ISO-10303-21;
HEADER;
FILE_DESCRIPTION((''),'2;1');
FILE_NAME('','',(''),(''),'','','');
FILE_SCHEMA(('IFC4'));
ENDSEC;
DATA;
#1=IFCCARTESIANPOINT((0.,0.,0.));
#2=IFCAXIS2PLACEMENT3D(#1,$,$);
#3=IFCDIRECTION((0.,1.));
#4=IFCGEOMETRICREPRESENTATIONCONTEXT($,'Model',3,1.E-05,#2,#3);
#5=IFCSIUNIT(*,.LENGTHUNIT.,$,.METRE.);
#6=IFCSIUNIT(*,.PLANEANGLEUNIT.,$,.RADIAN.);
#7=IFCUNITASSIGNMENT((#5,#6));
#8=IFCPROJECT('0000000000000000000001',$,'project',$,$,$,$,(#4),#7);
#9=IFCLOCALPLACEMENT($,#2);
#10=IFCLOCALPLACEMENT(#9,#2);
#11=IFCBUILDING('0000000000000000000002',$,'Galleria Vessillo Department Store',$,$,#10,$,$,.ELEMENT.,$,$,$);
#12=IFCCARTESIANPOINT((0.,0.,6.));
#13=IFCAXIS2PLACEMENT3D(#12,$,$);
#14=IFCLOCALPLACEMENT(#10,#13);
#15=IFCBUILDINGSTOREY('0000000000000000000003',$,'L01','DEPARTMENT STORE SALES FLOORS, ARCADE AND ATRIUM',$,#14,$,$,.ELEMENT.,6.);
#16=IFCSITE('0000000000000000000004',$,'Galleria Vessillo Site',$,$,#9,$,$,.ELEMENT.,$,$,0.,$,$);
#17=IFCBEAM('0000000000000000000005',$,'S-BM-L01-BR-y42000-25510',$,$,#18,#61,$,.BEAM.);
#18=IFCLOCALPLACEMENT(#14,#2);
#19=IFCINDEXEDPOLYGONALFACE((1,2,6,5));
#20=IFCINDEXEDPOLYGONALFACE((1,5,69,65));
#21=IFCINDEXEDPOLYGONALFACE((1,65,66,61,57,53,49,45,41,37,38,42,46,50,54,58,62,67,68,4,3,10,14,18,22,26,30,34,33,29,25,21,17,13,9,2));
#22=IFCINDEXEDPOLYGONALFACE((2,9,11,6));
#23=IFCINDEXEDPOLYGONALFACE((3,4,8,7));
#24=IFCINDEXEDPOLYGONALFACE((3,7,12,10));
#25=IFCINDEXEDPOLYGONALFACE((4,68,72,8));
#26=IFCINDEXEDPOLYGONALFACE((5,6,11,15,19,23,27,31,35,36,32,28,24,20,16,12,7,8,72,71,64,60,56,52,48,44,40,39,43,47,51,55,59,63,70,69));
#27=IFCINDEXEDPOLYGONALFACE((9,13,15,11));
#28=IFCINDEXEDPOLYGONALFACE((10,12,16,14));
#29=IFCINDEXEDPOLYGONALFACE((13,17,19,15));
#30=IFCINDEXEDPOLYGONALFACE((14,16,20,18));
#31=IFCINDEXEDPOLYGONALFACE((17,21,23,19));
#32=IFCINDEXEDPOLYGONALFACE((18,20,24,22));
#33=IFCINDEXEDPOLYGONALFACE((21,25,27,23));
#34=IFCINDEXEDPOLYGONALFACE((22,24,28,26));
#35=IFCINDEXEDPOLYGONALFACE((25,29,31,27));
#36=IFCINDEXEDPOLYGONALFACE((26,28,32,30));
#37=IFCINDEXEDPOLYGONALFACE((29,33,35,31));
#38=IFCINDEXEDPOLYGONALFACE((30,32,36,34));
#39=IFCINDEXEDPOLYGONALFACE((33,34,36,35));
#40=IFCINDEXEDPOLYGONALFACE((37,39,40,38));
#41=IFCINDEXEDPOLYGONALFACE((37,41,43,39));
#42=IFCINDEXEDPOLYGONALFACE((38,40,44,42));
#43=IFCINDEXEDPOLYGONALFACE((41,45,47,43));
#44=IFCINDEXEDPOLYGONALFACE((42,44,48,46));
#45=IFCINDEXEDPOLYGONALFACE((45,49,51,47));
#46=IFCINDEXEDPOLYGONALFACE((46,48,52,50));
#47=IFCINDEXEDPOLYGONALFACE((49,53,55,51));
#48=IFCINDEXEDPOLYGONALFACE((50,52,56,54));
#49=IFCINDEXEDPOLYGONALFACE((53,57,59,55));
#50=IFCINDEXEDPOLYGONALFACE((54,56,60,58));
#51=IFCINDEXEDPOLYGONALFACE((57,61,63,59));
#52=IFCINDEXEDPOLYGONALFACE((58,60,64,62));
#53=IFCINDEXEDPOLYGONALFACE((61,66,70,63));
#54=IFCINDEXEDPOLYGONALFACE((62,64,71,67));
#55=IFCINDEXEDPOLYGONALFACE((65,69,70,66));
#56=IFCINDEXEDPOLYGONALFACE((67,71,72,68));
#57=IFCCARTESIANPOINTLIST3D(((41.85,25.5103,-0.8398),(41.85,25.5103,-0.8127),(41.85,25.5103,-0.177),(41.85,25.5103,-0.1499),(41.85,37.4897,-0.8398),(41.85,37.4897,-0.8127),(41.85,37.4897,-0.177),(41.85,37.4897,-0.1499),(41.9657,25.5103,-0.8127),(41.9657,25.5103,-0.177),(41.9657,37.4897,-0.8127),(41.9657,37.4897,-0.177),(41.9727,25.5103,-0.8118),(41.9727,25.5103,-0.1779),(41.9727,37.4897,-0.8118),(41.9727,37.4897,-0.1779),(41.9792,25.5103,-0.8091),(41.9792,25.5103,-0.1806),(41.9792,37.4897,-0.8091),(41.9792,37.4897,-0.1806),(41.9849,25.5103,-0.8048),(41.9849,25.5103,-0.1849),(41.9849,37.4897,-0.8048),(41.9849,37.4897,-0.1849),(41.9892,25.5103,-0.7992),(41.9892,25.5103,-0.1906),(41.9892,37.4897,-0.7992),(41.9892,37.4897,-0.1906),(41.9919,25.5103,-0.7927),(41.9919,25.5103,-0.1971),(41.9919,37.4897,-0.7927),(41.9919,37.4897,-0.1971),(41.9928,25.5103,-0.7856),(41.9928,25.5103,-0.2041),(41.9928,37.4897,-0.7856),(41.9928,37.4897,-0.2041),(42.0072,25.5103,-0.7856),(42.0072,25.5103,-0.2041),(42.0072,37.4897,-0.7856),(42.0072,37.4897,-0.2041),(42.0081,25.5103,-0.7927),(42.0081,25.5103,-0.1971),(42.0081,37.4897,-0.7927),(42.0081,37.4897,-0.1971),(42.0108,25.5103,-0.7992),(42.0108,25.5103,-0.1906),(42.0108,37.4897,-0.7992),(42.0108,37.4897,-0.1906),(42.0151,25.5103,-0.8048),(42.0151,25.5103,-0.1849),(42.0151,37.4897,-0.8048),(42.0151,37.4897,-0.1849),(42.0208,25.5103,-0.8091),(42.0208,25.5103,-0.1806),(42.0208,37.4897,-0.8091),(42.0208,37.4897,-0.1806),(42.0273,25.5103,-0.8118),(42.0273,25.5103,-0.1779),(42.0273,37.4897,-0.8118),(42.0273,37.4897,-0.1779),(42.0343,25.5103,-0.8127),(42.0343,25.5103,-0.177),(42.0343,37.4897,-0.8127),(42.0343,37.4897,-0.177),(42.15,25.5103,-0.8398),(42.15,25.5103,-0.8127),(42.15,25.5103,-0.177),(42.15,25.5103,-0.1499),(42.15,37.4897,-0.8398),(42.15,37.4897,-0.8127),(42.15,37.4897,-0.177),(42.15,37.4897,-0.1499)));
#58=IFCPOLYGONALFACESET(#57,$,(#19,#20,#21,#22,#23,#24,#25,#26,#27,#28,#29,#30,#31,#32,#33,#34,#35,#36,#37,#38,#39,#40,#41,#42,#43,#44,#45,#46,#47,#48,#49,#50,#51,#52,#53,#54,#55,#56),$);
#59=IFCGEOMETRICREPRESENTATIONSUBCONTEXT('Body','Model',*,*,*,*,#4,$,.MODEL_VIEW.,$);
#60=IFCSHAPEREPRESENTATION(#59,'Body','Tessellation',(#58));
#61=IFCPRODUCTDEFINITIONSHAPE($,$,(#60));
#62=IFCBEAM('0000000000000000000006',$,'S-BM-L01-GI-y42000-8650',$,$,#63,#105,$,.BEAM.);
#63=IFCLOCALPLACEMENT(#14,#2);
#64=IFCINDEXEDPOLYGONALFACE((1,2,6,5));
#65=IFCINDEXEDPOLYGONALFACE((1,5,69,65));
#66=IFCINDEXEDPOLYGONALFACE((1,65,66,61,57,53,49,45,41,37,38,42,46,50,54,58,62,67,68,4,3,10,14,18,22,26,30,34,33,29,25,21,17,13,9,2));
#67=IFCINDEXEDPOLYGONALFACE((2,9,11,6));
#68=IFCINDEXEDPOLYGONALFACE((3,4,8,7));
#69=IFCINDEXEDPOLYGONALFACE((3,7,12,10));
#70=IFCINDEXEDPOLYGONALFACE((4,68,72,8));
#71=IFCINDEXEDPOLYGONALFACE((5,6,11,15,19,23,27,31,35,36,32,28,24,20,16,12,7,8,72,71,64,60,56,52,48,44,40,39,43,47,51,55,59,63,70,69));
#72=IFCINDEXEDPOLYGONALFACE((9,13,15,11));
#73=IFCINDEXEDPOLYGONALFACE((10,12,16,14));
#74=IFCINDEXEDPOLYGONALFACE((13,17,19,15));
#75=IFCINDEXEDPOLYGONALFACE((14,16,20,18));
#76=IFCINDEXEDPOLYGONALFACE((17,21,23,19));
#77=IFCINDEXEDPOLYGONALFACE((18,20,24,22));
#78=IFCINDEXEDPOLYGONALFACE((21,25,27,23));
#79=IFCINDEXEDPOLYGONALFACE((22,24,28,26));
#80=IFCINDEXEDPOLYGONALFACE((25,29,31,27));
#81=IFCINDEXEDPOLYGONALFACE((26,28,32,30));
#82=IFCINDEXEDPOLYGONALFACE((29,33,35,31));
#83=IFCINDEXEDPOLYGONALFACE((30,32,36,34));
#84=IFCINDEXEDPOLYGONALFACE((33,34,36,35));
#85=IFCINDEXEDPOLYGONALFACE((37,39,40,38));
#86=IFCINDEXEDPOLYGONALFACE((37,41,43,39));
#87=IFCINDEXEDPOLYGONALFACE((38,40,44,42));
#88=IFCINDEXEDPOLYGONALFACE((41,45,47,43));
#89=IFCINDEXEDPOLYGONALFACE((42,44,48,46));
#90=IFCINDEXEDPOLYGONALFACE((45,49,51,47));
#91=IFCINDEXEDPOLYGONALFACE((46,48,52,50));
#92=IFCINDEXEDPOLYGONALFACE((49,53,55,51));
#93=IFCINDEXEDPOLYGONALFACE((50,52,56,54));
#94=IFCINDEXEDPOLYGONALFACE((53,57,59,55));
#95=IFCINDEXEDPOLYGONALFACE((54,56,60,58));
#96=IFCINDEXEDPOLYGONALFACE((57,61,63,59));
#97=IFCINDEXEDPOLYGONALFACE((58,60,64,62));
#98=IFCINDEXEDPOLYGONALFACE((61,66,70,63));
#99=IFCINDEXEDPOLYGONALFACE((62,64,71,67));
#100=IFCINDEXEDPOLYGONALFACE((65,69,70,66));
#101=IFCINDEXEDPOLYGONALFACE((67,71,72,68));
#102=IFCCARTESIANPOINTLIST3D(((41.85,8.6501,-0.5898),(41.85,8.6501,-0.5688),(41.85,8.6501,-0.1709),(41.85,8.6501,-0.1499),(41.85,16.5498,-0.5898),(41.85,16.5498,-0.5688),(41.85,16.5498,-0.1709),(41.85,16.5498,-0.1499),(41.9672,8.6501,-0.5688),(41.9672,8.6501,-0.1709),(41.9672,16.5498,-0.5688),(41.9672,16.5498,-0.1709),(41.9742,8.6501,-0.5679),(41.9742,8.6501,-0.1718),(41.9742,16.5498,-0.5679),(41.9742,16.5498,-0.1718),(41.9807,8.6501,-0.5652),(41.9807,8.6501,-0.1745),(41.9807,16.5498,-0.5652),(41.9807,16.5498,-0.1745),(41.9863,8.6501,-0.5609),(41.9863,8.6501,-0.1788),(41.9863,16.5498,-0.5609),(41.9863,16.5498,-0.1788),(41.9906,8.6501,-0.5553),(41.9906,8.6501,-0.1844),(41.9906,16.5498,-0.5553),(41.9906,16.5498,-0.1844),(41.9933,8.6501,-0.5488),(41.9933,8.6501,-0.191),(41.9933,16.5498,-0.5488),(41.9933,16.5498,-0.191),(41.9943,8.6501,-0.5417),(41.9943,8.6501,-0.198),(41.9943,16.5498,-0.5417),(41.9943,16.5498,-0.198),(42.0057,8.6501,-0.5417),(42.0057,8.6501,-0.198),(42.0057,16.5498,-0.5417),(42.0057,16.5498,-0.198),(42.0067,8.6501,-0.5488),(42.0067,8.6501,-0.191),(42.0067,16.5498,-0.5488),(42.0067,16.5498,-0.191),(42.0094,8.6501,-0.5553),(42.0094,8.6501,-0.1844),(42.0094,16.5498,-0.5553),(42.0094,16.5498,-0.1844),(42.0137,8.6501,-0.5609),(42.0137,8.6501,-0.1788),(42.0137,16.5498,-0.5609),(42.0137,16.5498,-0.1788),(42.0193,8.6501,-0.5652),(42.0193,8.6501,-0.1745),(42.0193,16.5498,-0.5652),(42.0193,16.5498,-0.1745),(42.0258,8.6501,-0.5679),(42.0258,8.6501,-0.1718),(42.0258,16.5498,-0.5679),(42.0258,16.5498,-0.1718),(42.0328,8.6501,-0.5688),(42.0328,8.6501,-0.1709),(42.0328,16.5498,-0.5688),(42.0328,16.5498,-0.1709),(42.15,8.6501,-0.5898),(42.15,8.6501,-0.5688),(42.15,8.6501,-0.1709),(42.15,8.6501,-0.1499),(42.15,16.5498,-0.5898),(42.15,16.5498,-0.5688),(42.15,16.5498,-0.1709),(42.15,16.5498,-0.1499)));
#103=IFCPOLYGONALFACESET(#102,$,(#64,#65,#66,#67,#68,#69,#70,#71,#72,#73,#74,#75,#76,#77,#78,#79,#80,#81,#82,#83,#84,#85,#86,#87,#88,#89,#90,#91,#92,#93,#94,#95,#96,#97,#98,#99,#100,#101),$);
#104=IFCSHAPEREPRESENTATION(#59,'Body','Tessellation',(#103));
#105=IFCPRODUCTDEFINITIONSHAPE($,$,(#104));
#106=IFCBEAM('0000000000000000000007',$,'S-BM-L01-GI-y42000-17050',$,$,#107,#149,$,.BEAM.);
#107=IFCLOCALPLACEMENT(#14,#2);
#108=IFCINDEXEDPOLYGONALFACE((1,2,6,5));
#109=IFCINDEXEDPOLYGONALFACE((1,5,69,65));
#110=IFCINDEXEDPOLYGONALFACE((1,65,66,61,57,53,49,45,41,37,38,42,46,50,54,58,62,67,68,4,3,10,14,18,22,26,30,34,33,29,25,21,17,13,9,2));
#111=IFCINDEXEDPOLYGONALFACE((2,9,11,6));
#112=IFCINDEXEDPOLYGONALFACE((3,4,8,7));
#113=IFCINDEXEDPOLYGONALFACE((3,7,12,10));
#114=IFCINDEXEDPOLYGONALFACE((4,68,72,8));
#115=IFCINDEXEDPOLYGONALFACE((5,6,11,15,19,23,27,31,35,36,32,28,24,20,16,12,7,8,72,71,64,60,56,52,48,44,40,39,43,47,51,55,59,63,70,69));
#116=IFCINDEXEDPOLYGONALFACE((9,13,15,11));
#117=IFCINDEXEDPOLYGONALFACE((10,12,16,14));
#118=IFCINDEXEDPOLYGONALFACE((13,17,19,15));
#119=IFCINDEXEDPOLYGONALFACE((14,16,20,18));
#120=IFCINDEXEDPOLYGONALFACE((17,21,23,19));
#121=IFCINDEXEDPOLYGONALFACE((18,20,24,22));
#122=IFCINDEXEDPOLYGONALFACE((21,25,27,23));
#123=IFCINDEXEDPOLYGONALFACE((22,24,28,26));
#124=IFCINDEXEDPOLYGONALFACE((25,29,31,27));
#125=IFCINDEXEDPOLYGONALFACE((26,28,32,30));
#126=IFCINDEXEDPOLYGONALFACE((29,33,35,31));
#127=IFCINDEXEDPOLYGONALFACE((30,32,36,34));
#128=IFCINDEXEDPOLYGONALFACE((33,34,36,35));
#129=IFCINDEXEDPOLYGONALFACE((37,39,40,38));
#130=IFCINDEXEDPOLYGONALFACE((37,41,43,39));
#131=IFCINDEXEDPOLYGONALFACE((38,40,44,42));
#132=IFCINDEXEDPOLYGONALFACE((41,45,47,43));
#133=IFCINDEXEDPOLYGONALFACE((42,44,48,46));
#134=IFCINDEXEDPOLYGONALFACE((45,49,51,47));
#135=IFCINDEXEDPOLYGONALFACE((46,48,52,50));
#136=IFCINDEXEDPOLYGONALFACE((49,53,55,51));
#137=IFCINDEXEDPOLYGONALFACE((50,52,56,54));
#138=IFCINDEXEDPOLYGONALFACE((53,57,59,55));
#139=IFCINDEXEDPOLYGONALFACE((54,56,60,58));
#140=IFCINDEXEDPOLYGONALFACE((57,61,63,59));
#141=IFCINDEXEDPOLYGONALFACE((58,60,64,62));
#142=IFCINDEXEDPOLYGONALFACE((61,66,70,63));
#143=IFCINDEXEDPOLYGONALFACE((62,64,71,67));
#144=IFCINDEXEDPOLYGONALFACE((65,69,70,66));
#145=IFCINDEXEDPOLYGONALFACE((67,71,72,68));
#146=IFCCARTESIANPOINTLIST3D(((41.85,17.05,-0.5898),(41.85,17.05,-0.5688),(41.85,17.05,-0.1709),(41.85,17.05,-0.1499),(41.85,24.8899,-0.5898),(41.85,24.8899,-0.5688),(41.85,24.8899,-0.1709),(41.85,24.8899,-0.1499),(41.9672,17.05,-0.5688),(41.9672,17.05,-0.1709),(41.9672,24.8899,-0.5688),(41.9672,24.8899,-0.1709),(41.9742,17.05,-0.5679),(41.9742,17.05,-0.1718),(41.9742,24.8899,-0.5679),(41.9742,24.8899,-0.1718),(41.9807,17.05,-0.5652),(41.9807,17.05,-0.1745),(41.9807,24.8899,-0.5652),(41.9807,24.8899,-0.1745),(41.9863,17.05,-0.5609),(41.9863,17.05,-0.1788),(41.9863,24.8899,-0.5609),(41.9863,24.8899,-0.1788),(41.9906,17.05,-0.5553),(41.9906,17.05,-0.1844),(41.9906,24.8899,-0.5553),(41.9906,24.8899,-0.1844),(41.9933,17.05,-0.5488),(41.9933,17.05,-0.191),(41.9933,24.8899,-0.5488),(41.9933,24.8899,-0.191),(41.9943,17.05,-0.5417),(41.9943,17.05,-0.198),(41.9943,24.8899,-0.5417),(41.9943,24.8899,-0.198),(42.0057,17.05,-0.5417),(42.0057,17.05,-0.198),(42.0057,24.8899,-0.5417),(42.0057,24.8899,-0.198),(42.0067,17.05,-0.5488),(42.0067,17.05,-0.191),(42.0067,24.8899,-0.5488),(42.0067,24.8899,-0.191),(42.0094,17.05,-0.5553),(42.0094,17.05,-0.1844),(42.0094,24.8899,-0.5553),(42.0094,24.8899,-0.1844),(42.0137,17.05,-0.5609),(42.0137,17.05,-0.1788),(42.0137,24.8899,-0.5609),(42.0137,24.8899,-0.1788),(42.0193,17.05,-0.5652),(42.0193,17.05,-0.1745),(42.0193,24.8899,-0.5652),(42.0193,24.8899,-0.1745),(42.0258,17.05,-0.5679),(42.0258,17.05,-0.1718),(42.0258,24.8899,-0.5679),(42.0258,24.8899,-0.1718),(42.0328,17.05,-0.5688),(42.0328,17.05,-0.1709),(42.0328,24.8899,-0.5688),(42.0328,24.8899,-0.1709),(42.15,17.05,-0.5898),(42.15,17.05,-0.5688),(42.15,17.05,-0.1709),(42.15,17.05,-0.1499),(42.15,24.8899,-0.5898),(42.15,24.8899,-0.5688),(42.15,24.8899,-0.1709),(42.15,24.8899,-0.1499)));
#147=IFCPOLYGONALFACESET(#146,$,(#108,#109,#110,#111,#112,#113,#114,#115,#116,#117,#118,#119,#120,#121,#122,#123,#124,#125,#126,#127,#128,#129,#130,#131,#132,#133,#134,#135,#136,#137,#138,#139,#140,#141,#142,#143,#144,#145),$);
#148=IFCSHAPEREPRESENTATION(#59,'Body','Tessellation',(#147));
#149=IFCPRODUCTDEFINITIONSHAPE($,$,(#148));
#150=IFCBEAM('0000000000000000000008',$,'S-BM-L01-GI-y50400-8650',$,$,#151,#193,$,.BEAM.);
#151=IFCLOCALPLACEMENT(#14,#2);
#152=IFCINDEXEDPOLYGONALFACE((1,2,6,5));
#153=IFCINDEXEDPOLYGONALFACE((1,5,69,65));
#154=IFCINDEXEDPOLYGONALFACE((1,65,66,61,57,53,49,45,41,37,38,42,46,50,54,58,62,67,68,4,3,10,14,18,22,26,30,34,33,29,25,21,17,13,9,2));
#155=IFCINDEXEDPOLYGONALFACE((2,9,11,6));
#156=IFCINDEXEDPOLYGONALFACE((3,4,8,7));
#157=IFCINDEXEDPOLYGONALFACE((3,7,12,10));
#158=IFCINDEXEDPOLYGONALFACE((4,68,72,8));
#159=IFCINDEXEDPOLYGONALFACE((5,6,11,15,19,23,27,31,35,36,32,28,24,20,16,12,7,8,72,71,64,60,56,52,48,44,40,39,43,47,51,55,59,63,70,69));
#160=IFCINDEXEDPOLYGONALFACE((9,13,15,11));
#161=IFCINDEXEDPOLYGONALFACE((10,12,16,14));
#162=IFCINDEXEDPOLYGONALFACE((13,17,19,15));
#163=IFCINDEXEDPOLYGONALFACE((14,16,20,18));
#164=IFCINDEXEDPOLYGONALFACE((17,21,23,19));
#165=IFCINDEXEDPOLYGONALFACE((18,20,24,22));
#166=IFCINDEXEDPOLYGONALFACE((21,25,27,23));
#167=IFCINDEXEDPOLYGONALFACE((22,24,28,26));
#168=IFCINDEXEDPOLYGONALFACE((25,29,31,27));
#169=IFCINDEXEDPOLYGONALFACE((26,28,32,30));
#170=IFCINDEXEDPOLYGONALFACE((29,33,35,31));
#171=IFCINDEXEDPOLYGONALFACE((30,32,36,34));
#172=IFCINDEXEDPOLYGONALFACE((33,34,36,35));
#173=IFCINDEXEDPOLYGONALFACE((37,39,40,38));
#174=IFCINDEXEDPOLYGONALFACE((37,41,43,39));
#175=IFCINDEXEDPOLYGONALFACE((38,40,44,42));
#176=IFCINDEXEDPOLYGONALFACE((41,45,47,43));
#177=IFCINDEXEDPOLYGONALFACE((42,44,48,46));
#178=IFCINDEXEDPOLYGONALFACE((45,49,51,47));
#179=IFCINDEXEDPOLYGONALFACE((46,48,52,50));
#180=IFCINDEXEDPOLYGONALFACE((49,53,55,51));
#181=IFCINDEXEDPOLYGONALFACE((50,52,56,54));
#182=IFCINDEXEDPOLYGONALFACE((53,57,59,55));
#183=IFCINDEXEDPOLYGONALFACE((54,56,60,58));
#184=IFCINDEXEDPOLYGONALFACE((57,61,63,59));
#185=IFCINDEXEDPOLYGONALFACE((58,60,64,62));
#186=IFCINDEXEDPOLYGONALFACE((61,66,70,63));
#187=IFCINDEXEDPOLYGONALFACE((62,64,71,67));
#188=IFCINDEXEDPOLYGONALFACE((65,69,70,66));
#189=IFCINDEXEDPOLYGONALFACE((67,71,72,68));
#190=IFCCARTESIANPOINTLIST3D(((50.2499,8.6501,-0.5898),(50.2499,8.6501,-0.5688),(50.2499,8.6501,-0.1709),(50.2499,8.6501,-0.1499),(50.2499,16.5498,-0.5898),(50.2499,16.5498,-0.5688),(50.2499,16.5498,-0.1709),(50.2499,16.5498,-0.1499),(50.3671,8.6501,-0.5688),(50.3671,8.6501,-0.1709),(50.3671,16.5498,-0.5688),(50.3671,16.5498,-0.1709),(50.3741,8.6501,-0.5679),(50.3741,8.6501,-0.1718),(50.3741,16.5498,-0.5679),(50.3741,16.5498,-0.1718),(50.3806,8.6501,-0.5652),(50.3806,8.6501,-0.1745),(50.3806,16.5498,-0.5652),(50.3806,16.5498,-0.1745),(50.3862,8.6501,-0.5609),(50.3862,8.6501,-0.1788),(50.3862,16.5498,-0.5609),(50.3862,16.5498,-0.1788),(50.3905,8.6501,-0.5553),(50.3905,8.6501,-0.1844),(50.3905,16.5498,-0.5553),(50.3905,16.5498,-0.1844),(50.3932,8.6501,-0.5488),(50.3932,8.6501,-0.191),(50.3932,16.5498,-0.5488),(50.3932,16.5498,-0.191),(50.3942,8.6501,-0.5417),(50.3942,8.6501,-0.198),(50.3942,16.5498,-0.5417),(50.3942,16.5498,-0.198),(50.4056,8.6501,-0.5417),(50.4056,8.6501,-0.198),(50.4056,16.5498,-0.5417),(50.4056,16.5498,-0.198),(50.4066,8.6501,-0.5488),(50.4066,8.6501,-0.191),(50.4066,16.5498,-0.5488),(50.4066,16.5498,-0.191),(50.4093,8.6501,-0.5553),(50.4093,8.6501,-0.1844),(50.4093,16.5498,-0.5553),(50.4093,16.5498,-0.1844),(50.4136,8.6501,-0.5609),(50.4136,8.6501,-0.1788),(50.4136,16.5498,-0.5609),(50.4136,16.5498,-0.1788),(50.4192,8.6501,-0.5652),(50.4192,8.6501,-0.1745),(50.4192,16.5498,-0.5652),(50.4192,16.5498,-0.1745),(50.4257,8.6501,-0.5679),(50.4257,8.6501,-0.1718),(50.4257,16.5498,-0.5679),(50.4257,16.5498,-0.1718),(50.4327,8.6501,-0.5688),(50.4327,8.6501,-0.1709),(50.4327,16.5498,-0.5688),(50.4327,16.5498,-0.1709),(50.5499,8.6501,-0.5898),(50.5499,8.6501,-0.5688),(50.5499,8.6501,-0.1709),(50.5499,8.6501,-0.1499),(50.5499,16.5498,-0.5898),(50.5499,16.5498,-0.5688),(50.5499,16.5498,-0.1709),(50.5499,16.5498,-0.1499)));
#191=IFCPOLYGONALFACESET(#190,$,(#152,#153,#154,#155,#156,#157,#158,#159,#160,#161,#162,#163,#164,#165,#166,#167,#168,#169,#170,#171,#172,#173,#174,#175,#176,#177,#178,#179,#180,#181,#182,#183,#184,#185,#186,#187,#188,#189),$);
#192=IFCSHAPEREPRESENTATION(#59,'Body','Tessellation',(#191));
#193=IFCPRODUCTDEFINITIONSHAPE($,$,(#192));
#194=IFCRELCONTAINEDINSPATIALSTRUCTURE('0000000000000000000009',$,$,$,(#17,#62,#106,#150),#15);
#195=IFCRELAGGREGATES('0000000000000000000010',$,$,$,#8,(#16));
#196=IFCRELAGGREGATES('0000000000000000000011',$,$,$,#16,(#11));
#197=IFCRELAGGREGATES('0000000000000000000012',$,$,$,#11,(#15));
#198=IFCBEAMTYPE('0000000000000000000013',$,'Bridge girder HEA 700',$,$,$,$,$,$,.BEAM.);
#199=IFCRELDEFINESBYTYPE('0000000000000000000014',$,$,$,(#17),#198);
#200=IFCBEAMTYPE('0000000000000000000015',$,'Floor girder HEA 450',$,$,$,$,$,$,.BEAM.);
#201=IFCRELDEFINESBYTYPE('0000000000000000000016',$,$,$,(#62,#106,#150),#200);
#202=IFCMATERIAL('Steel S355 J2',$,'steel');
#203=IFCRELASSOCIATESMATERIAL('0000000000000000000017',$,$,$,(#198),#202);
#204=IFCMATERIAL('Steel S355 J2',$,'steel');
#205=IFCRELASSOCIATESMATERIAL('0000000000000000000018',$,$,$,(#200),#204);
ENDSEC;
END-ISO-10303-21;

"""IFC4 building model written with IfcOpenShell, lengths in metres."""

from ifc_helpers import new_model, si_unit, direction, frame, origin, origin_2d, place, context, subcontext, project, spatial, i_section, extrude, material, material_profile, profile_set, type_object, element, save


model = new_model("IFC4")

# Units and contexts
model_context = context("Model", 3, precision=1e-05, world=origin(), true_north=direction((0.0, 1.0)))
body_context = subcontext(model_context, "Body", "Model", "MODEL_VIEW")
ifc_project = project(units=[si_unit("LENGTHUNIT", "METRE"), si_unit("PLANEANGLEUNIT", "RADIAN")], contexts=[model_context])

# Site, building, storey
site_placement = place(None, origin())
site = spatial("IfcSite", under=ifc_project, at=site_placement, Name="Galleria Vessillo Site", CompositionType="ELEMENT", RefElevation=0.0)
building_placement = place(site_placement, origin())
building = spatial("IfcBuilding", under=site, at=building_placement, Name="Galleria Vessillo Department Store", CompositionType="ELEMENT")
storey_placement = place(building_placement, frame((0.0, 0.0, 6.0)))
storey = spatial("IfcBuildingStorey", under=building, at=storey_placement, Name="L01", Description="DEPARTMENT STORE SALES FLOORS, ARCADE AND ATRIUM", CompositionType="ELEMENT", Elevation=6.0)

# Beams
ifc_material_1 = material(Name="Steel S355 J2", Category="steel")
ifc_material_profile_1 = material_profile(ifc_material_1, i_section(OverallWidth=0.3, OverallDepth=0.6899, WebThickness=0.0144, FlangeThickness=0.0271, FilletRadius=0.0271, at=origin_2d()), Name="HEA 700")
ifc_profile_set_1 = profile_set([ifc_material_profile_1], Name="Steel S355 J2")
beam_type_1 = type_object("IfcBeamType", Name="Bridge girder HEA 700", PredefinedType="BEAM", material=ifc_profile_set_1)
beam_1_placement = place(storey_placement, frame((42.0, 25.5103, -0.4949), z_axis=(0.0, 1.0, 0.0), x_axis=(-1.0, 0.0, 0.0)))
element("IfcBeam", 1, at=beam_1_placement, inside=storey, type_object=beam_type_1, Name="S-BM-L01-BR-y42000-25510", PredefinedType="BEAM", context=body_context, shape_type="SweptSolid", body=[
    extrude(i_section(OverallWidth=0.3, OverallDepth=0.6899, WebThickness=0.0144, FlangeThickness=0.0271, FilletRadius=0.0271, at=origin_2d()), origin(), (0.0, 0.0, 1.0), 11.9795),
])
ifc_material_2 = material(Name="Steel S355 J2", Category="steel")
ifc_material_profile_2 = material_profile(ifc_material_2, i_section(OverallWidth=0.3, OverallDepth=0.4399, WebThickness=0.0115, FlangeThickness=0.021, FilletRadius=0.0271, at=origin_2d()), Name="HEA 450")
ifc_profile_set_2 = profile_set([ifc_material_profile_2], Name="Steel S355 J2")
beam_type_2 = type_object("IfcBeamType", Name="Floor girder HEA 450", PredefinedType="BEAM", material=ifc_profile_set_2)
beam_2_placement = place(storey_placement, frame((42.0, 8.6501, -0.3699), z_axis=(0.0, 1.0, 0.0), x_axis=(-1.0, 0.0, 0.0)))
element("IfcBeam", 2, at=beam_2_placement, inside=storey, type_object=beam_type_2, Name="S-BM-L01-GI-y42000-8650", PredefinedType="BEAM", context=body_context, shape_type="SweptSolid", body=[
    extrude(i_section(OverallWidth=0.3, OverallDepth=0.4399, WebThickness=0.0115, FlangeThickness=0.021, FilletRadius=0.0271, at=origin_2d()), origin(), (0.0, 0.0, 1.0), 7.8997),
])
beam_3_placement = place(storey_placement, frame((42.0, 17.05, -0.3699), z_axis=(0.0, 1.0, 0.0), x_axis=(-1.0, 0.0, 0.0)))
element("IfcBeam", 3, at=beam_3_placement, inside=storey, type_object=beam_type_2, Name="S-BM-L01-GI-y42000-17050", PredefinedType="BEAM", context=body_context, shape_type="SweptSolid", body=[
    extrude(i_section(OverallWidth=0.3, OverallDepth=0.4399, WebThickness=0.0115, FlangeThickness=0.021, FilletRadius=0.0271, at=origin_2d()), origin(), (0.0, 0.0, 1.0), 7.8398),
])
beam_4_placement = place(storey_placement, frame((50.3999, 8.6501, -0.3699), z_axis=(0.0, 1.0, 0.0), x_axis=(-1.0, 0.0, 0.0)))
element("IfcBeam", 4, at=beam_4_placement, inside=storey, type_object=beam_type_2, Name="S-BM-L01-GI-y50400-8650", PredefinedType="BEAM", context=body_context, shape_type="SweptSolid", body=[
    extrude(i_section(OverallWidth=0.3, OverallDepth=0.4399, WebThickness=0.0115, FlangeThickness=0.021, FilletRadius=0.0271, at=origin_2d()), origin(), (0.0, 0.0, 1.0), 7.8997),
])

save(model, "model.ifc")
